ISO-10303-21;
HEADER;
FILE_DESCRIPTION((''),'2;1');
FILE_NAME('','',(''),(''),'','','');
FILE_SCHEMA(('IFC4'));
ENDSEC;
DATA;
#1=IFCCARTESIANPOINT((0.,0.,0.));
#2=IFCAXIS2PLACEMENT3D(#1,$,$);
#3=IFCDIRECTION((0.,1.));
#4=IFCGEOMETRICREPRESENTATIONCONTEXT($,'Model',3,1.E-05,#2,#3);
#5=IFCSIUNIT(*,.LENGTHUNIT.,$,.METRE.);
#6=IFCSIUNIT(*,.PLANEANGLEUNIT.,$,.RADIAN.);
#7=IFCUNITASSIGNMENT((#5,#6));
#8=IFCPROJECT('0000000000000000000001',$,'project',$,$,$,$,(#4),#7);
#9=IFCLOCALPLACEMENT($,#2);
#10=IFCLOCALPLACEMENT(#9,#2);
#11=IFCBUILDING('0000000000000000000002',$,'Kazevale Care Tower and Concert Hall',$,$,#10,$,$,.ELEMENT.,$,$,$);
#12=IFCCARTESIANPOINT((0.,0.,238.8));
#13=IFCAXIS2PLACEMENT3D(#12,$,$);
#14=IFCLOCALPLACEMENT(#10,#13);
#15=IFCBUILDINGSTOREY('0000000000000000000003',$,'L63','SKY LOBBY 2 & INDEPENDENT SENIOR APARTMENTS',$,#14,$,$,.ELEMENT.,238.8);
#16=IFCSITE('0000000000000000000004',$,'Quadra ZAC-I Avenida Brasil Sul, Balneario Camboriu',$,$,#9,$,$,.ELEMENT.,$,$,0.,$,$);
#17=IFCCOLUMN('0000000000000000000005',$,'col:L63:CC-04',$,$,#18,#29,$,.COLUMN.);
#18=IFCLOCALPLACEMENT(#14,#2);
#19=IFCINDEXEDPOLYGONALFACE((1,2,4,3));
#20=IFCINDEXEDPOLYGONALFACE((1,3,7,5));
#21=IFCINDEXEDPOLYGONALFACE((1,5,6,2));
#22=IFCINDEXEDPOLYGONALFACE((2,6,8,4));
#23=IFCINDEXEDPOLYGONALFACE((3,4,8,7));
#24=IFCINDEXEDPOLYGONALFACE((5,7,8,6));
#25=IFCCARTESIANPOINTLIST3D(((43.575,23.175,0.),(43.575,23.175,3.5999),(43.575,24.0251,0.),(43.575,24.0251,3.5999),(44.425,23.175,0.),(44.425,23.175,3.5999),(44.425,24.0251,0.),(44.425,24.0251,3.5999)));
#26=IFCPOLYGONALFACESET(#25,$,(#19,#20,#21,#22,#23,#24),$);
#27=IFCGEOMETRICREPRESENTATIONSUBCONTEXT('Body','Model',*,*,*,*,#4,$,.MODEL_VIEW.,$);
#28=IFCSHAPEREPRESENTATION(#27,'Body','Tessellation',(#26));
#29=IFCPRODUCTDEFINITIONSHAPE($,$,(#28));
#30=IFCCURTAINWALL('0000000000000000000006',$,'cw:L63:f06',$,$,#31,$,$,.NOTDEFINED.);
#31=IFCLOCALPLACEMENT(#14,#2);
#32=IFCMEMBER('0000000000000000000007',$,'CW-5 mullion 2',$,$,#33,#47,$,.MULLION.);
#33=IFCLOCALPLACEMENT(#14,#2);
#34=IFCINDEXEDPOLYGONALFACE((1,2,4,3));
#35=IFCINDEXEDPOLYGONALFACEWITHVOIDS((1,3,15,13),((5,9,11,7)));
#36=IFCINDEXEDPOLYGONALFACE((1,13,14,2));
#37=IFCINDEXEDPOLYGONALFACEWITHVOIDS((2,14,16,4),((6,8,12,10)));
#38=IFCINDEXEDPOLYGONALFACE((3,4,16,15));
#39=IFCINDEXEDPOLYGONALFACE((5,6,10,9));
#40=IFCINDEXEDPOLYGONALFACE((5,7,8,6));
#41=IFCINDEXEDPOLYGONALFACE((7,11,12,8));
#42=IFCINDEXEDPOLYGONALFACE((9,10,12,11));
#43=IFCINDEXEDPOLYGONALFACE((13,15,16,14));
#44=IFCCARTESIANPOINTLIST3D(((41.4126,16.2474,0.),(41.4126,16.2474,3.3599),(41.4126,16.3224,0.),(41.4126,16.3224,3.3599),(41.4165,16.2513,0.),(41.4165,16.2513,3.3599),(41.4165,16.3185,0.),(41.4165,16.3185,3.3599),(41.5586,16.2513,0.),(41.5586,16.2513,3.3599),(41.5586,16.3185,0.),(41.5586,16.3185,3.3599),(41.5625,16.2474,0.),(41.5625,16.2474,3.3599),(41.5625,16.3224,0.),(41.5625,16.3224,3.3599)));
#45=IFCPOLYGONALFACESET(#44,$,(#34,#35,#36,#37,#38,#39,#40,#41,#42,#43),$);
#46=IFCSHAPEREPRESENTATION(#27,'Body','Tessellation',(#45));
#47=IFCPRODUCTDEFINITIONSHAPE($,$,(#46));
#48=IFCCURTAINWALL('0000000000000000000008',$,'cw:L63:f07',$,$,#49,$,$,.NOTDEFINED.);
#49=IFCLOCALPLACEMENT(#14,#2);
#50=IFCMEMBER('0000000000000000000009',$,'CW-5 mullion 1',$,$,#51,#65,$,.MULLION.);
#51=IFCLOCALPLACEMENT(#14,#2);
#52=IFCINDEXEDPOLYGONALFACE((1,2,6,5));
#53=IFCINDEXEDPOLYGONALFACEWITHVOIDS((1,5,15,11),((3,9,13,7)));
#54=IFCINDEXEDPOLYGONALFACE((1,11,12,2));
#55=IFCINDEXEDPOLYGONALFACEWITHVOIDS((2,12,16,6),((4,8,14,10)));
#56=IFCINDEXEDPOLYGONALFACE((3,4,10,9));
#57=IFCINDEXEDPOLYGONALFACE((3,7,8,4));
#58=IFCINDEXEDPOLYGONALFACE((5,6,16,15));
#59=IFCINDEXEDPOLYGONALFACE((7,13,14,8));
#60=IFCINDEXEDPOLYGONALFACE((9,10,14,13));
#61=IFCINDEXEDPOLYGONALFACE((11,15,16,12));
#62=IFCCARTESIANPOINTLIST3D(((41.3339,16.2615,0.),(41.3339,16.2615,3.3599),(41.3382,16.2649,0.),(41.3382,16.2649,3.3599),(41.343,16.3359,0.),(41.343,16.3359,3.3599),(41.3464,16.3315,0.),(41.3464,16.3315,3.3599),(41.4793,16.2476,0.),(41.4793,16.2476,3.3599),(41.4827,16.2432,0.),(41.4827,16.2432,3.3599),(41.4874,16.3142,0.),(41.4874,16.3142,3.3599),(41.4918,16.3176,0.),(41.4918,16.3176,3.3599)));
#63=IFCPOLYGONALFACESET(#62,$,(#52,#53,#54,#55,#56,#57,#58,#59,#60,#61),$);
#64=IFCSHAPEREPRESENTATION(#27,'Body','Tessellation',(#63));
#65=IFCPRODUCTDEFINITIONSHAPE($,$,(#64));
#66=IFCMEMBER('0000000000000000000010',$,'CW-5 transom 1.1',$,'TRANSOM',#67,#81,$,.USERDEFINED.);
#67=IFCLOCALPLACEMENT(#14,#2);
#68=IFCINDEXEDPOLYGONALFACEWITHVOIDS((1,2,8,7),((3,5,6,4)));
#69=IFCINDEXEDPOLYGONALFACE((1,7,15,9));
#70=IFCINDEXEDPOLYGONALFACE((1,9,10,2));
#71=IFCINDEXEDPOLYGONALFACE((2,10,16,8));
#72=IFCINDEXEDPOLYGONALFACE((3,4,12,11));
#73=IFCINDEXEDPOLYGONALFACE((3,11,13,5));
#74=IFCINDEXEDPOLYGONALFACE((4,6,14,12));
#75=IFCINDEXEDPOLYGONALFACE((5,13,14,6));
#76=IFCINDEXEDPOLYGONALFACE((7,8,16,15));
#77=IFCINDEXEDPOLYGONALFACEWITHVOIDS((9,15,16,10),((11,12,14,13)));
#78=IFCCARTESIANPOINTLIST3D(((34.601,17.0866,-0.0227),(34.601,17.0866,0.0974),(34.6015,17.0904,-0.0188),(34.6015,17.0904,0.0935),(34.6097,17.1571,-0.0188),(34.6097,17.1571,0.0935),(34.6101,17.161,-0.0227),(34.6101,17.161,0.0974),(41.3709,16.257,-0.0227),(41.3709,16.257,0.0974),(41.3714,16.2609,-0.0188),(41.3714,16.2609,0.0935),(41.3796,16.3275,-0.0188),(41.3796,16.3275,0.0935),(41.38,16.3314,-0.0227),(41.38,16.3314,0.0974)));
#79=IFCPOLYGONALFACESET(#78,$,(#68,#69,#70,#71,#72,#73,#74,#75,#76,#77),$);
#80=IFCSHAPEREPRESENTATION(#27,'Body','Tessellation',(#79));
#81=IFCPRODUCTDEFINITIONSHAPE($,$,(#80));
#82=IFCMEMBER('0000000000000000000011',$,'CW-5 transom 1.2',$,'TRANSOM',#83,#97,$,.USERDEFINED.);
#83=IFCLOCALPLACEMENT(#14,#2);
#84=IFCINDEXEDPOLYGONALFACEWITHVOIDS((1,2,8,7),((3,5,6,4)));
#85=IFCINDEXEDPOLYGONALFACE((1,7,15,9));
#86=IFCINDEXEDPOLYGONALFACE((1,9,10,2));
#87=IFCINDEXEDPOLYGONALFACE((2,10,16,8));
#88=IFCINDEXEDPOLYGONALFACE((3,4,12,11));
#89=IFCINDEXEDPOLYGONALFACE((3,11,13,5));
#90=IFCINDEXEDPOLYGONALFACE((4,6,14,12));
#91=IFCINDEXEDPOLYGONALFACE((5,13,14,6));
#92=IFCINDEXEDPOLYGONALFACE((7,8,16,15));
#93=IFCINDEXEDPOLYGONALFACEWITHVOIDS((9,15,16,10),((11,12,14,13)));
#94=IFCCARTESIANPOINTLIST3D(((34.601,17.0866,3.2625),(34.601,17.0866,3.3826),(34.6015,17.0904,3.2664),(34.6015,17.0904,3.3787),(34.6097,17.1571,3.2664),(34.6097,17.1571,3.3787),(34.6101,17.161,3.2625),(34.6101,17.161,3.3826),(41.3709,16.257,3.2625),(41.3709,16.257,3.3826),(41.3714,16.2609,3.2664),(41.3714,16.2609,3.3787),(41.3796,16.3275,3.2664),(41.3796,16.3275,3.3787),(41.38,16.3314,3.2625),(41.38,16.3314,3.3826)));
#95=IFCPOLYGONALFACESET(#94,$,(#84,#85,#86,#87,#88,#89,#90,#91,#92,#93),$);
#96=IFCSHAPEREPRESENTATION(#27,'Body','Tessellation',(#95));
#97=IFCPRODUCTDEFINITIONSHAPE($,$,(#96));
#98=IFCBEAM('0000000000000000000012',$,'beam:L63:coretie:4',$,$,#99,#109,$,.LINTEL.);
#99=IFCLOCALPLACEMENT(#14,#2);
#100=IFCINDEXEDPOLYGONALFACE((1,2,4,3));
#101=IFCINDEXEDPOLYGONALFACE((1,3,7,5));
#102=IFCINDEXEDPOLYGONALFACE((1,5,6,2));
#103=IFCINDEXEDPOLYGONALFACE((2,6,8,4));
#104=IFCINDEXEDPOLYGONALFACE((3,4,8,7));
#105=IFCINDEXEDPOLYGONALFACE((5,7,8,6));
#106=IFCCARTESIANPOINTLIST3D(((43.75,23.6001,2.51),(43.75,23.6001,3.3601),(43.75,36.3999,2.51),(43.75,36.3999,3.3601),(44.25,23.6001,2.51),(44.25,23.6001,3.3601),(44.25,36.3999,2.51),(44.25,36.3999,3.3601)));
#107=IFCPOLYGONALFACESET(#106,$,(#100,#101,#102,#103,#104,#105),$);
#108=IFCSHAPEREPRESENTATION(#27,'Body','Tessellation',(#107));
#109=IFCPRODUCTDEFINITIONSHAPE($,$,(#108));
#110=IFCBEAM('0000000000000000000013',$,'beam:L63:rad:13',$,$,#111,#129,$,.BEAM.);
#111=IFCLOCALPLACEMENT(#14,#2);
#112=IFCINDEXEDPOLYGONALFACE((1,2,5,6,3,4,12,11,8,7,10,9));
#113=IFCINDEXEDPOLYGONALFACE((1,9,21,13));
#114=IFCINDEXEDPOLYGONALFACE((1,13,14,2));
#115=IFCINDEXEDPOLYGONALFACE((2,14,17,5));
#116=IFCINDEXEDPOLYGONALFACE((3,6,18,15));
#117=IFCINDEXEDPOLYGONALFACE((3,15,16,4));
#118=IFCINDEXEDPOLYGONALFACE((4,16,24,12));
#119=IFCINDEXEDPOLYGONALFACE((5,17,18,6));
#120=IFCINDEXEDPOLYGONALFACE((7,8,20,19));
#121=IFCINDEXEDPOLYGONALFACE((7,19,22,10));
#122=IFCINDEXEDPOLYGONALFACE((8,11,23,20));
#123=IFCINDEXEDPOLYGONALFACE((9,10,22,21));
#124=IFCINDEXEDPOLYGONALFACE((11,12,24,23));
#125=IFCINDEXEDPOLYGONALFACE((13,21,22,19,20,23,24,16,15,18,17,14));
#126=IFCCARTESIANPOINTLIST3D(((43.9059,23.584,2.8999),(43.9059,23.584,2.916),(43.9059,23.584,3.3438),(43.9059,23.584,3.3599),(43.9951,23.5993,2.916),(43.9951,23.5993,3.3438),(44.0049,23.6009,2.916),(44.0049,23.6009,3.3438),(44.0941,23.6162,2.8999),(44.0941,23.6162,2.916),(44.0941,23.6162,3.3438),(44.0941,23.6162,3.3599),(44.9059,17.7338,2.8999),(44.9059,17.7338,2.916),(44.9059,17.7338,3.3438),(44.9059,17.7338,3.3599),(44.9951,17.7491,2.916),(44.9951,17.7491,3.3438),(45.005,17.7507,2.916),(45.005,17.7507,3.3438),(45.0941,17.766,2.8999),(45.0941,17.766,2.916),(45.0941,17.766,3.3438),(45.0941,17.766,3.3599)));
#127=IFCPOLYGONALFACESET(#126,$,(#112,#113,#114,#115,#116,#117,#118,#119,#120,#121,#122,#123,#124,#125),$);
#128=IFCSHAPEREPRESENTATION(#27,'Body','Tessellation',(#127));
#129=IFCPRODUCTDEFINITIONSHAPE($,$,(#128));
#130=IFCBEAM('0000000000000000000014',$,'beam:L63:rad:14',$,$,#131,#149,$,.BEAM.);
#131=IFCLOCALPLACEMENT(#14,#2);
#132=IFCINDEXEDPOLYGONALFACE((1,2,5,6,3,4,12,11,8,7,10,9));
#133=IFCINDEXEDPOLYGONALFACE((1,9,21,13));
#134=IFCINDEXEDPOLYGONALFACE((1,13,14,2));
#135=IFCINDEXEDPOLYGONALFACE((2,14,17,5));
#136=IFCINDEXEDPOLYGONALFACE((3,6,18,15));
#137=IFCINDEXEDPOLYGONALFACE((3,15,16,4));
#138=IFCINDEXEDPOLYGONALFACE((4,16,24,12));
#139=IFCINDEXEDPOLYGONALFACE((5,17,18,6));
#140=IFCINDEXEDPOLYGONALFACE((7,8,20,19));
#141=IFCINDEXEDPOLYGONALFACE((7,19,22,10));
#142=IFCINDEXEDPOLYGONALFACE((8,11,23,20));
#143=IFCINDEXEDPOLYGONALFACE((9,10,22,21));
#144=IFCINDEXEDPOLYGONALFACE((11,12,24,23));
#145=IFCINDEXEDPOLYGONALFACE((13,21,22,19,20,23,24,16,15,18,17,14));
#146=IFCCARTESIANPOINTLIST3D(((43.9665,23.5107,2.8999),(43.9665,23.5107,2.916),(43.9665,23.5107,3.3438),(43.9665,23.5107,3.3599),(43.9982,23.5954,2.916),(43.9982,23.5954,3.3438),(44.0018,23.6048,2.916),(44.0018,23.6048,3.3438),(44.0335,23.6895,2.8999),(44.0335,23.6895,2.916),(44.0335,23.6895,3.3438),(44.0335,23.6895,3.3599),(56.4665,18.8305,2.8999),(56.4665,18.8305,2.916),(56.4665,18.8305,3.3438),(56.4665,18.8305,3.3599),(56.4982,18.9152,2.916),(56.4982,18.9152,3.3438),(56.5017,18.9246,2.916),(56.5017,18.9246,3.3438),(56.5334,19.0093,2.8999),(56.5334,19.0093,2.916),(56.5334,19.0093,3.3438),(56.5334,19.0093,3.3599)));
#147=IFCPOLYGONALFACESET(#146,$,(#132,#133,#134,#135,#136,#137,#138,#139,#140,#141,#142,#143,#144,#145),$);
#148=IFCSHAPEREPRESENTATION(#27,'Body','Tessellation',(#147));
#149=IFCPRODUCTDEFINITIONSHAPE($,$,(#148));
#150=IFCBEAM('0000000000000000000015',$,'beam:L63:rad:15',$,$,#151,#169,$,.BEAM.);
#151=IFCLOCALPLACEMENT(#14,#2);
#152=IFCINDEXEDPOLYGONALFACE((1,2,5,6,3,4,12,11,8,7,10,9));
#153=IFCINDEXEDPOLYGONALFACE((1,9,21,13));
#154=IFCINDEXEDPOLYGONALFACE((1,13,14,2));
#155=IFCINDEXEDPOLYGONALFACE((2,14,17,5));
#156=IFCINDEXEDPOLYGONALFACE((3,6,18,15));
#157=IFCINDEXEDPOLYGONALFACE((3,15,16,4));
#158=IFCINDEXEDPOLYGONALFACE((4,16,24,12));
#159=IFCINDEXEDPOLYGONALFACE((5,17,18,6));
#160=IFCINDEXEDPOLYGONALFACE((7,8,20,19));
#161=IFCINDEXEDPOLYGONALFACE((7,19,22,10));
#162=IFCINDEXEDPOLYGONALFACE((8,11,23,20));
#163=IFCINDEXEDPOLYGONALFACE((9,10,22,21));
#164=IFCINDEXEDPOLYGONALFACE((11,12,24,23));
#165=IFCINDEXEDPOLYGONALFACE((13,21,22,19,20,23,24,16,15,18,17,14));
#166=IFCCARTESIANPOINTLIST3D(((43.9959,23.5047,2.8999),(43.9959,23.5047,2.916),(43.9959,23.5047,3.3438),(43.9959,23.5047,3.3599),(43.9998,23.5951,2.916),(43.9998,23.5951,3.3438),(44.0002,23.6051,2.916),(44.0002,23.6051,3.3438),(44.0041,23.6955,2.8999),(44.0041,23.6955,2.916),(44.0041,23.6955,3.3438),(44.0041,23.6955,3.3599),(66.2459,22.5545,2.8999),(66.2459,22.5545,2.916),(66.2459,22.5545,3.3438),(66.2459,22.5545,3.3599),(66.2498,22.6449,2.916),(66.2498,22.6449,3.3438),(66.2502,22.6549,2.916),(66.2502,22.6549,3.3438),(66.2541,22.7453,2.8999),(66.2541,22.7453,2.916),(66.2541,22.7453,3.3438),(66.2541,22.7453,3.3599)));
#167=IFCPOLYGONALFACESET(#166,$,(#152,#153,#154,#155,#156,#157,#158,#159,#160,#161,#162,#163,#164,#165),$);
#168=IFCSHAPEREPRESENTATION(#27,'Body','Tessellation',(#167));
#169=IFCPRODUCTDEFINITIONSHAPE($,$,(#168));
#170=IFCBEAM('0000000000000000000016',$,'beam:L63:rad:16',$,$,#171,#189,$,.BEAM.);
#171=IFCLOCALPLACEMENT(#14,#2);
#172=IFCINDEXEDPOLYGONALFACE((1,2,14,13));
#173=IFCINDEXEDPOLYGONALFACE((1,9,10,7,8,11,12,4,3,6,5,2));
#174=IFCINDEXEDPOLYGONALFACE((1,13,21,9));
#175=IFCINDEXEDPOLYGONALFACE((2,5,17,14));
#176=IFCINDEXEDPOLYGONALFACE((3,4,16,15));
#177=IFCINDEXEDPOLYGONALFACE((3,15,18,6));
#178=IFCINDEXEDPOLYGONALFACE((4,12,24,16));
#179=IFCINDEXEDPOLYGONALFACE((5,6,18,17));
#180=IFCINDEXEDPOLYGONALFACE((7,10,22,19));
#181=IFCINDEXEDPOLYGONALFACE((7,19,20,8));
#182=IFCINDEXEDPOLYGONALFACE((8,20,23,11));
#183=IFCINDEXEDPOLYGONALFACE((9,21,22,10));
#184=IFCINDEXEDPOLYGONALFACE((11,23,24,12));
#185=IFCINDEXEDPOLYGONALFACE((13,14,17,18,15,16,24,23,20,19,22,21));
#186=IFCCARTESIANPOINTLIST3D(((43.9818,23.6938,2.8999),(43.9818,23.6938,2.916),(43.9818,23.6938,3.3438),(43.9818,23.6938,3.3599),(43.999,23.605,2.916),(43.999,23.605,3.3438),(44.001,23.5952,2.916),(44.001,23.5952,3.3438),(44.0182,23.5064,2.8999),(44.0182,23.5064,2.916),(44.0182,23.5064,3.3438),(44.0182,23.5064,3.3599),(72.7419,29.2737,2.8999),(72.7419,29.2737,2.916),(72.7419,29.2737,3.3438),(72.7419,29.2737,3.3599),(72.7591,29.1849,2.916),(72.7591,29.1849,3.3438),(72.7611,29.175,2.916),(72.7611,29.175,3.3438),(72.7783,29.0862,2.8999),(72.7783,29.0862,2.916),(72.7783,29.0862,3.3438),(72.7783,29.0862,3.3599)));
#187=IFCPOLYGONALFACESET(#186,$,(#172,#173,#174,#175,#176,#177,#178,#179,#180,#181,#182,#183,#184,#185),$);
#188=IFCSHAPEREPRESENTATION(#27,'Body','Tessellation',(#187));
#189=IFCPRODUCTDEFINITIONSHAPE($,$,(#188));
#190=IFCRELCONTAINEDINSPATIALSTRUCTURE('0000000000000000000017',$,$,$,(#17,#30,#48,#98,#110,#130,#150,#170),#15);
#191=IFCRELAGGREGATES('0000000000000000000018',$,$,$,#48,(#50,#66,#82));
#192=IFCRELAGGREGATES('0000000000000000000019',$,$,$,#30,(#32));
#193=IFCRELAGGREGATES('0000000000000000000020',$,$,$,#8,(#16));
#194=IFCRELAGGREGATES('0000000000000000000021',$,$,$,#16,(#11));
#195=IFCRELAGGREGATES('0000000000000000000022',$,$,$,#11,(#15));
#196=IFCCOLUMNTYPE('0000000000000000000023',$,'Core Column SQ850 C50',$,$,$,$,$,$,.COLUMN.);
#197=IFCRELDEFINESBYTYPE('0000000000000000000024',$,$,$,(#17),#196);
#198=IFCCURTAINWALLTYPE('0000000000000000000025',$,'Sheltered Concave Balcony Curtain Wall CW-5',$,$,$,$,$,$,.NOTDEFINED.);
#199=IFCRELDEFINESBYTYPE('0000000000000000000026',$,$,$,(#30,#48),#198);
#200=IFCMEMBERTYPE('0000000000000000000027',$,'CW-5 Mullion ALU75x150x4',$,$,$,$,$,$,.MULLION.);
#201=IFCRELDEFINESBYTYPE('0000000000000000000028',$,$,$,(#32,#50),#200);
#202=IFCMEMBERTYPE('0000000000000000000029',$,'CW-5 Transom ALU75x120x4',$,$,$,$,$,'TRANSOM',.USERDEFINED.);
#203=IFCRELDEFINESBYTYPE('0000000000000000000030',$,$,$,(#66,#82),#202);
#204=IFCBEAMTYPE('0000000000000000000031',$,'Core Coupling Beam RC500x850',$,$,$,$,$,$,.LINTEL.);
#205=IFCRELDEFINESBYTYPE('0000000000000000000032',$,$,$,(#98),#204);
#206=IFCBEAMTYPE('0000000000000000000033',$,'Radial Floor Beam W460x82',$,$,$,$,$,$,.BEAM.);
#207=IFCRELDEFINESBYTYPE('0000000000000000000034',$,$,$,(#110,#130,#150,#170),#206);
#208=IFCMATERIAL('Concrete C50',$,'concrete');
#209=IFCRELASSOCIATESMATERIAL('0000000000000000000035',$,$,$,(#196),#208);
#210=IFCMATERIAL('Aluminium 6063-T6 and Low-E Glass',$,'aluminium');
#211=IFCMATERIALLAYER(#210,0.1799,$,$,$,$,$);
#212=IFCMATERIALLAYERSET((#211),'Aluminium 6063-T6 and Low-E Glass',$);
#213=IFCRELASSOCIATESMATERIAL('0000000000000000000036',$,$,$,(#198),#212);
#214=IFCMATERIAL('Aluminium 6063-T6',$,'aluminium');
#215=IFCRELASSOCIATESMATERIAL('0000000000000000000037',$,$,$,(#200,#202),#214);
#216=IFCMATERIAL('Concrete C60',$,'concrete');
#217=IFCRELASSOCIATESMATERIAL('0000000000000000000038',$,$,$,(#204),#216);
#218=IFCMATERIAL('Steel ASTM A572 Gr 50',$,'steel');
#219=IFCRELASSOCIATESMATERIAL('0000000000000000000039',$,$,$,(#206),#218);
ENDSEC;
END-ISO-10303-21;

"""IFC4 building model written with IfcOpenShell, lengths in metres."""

from ifc_helpers import new_model, si_unit, direction, frame, origin, origin_2d, place, context, subcontext, project, spatial, rectangle, hollow_rectangle, i_section, extrude, material, layer, layer_set, material_profile, profile_set, type_object, element, aggregate, save


model = new_model("IFC4")

# Units and contexts
model_context = context("Model", 3, precision=1e-05, world=origin(), true_north=direction((0.0, 1.0)))
body_context = subcontext(model_context, "Body", "Model", "MODEL_VIEW")
ifc_project = project(units=[si_unit("LENGTHUNIT", "METRE"), si_unit("PLANEANGLEUNIT", "RADIAN")], contexts=[model_context])

# Site, building, storey
site_placement = place(None, origin())
site = spatial("IfcSite", under=ifc_project, at=site_placement, Name="Quadra ZAC-I Avenida Brasil Sul, Balneario Camboriu", CompositionType="ELEMENT", RefElevation=0.0)
building_placement = place(site_placement, origin())
building = spatial("IfcBuilding", under=site, at=building_placement, Name="Kazevale Care Tower and Concert Hall", CompositionType="ELEMENT")
storey_placement = place(building_placement, frame((0.0, 0.0, 238.8)))
storey = spatial("IfcBuildingStorey", under=building, at=storey_placement, Name="L63", Description="SKY LOBBY 2 & INDEPENDENT SENIOR APARTMENTS", CompositionType="ELEMENT", Elevation=238.8)

# Column
ifc_material_1 = material(Name="Concrete C50", Category="concrete")
ifc_material_profile_1 = material_profile(ifc_material_1, rectangle(XDim=0.8501, YDim=0.8501, at=origin_2d()), Name="RC-SQ850")
ifc_profile_set_1 = profile_set([ifc_material_profile_1], Name="Concrete C50")
column_type = type_object("IfcColumnType", Name="Core Column SQ850 C50", PredefinedType="COLUMN", material=ifc_profile_set_1)
column_placement = place(storey_placement, frame((44.0, 23.6001, 0.0), z_axis=(0.0, 0.0, 1.0), x_axis=(1.0, 0.0, 0.0)))
element("IfcColumn", 1, at=column_placement, inside=storey, type_object=column_type, Name="col:L63:CC-04", PredefinedType="COLUMN", context=body_context, shape_type="SweptSolid", body=[
    extrude(rectangle(XDim=0.8501, YDim=0.8501, at=origin_2d()), origin(), (0.0, 0.0, 1.0), 3.5999),
])

# Curtain wall, member
ifc_material_2 = material(Name="Aluminium 6063-T6 and Low-E Glass", Category="aluminium")
ifc_layer_1 = layer(ifc_material_2, 0.1799)
ifc_layer_set_1 = layer_set([ifc_layer_1], Name="Aluminium 6063-T6 and Low-E Glass")
curtain_wall_type = type_object("IfcCurtainWallType", Name="Sheltered Concave Balcony Curtain Wall CW-5", PredefinedType="NOTDEFINED", material=ifc_layer_set_1)
curtain_wall_1_placement = place(storey_placement, origin())
curtain_wall_1 = element("IfcCurtainWall", 2, at=curtain_wall_1_placement, inside=storey, type_object=curtain_wall_type, Name="cw:L63:f06", PredefinedType="NOTDEFINED")
ifc_material_3 = material(Name="Aluminium 6063-T6", Category="aluminium")
ifc_material_profile_2 = material_profile(ifc_material_3, hollow_rectangle(XDim=0.075, YDim=0.1499, WallThickness=0.0039, at=origin_2d()), Name="ALU75x150x4")
ifc_profile_set_2 = profile_set([ifc_material_profile_2], Name="Aluminium 6063-T6")
member_type_1 = type_object("IfcMemberType", Name="CW-5 Mullion ALU75x150x4", PredefinedType="MULLION", material=ifc_profile_set_2)
member_1_placement = place(storey_placement, frame((41.4875, 16.2849, 0.0), z_axis=(0.0, 0.0, 1.0), x_axis=(0.0, -1.0, 0.0)))
member_1 = element("IfcMember", 3, at=member_1_placement, type_object=member_type_1, Name="CW-5 mullion 2", PredefinedType="MULLION", context=body_context, shape_type="SweptSolid", body=[
    extrude(hollow_rectangle(XDim=0.075, YDim=0.1499, WallThickness=0.0039, at=origin_2d()), origin(), (0.0, 0.0, 1.0), 3.3599),
])

# Curtain wall, members
curtain_wall_2_placement = place(storey_placement, origin())
curtain_wall_2 = element("IfcCurtainWall", 4, at=curtain_wall_2_placement, inside=storey, type_object=curtain_wall_type, Name="cw:L63:f07", PredefinedType="NOTDEFINED")
member_2_placement = place(storey_placement, frame((41.4128, 16.2896, 0.0), z_axis=(0.0, 0.0, 1.0), x_axis=(-0.121651, -0.992573, 0.0)))
member_2 = element("IfcMember", 5, at=member_2_placement, type_object=member_type_1, Name="CW-5 mullion 1", PredefinedType="MULLION", context=body_context, shape_type="SweptSolid", body=[
    extrude(hollow_rectangle(XDim=0.075, YDim=0.1499, WallThickness=0.0039, at=origin_2d()), origin(), (0.0, 0.0, 1.0), 3.3599),
])
ifc_material_profile_3 = material_profile(ifc_material_3, hollow_rectangle(XDim=0.075, YDim=0.1201, WallThickness=0.0039, at=origin_2d()), Name="ALU75x120x4")
ifc_profile_set_3 = profile_set([ifc_material_profile_3], Name="Aluminium 6063-T6")
member_type_2 = type_object("IfcMemberType", Name="CW-5 Transom ALU75x120x4", ElementType="TRANSOM", PredefinedType="USERDEFINED", material=ifc_profile_set_3)
member_3_placement = place(storey_placement, frame((41.3755, 16.2942, 0.0374), z_axis=(-0.992576, 0.121629, 0.0), x_axis=(-0.121629, -0.992576, 0.0)))
member_3 = element("IfcMember", 6, at=member_3_placement, type_object=member_type_2, Name="CW-5 transom 1.1", ObjectType="TRANSOM", PredefinedType="USERDEFINED", context=body_context, shape_type="SweptSolid", body=[
    extrude(hollow_rectangle(XDim=0.075, YDim=0.1201, WallThickness=0.0039, at=origin_2d()), origin(), (0.0, 0.0, 1.0), 6.8206),
])
member_4_placement = place(storey_placement, frame((41.3755, 16.2942, 3.3225), z_axis=(-0.992576, 0.121629, 0.0), x_axis=(-0.121629, -0.992576, 0.0)))
member_4 = element("IfcMember", 7, at=member_4_placement, type_object=member_type_2, Name="CW-5 transom 1.2", ObjectType="TRANSOM", PredefinedType="USERDEFINED", context=body_context, shape_type="SweptSolid", body=[
    extrude(hollow_rectangle(XDim=0.075, YDim=0.1201, WallThickness=0.0039, at=origin_2d()), origin(), (0.0, 0.0, 1.0), 6.8206),
])
aggregate(curtain_wall_2, [member_2, member_3, member_4])

# Beams
ifc_material_4 = material(Name="Concrete C60", Category="concrete")
ifc_material_profile_4 = material_profile(ifc_material_4, rectangle(XDim=0.5, YDim=0.8501, at=origin_2d()), Name="RC-B500x850")
ifc_profile_set_4 = profile_set([ifc_material_profile_4], Name="Concrete C60")
beam_type_1 = type_object("IfcBeamType", Name="Core Coupling Beam RC500x850", PredefinedType="LINTEL", material=ifc_profile_set_4)
beam_1_placement = place(storey_placement, frame((44.0, 23.6001, 2.9351), z_axis=(0.0, 1.0, 0.0), x_axis=(-1.0, 0.0, 0.0)))
element("IfcBeam", 8, at=beam_1_placement, inside=storey, type_object=beam_type_1, Name="beam:L63:coretie:4", PredefinedType="LINTEL", context=body_context, shape_type="SweptSolid", body=[
    extrude(rectangle(XDim=0.5, YDim=0.8501, at=origin_2d()), origin(), (0.0, 0.0, 1.0), 12.7998),
])
ifc_material_5 = material(Name="Steel ASTM A572 Gr 50", Category="steel")
ifc_material_profile_5 = material_profile(ifc_material_5, i_section(OverallWidth=0.1909, OverallDepth=0.46, WebThickness=0.01, FlangeThickness=0.0161, at=origin_2d()), Name="W460x82")
ifc_profile_set_5 = profile_set([ifc_material_profile_5], Name="Steel ASTM A572 Gr 50")
beam_type_2 = type_object("IfcBeamType", Name="Radial Floor Beam W460x82", PredefinedType="BEAM", material=ifc_profile_set_5)
beam_2_placement = place(storey_placement, frame((44.0, 23.6001, 3.1299), z_axis=(0.168493, -0.985703, 0.0), x_axis=(0.985703, 0.168493, 0.0)))
element("IfcBeam", 9, at=beam_2_placement, inside=storey, type_object=beam_type_2, Name="beam:L63:rad:13", PredefinedType="BEAM", context=body_context, shape_type="SweptSolid", body=[
    extrude(i_section(OverallWidth=0.1909, OverallDepth=0.46, WebThickness=0.01, FlangeThickness=0.0161, at=origin_2d()), origin(), (0.0, 0.0, 1.0), 5.9351),
])
beam_3_placement = place(storey_placement, frame((44.0, 23.6001, 3.1299), z_axis=(0.936509, -0.350642, 0.0), x_axis=(0.350642, 0.936509, 0.0)))
element("IfcBeam", 10, at=beam_3_placement, inside=storey, type_object=beam_type_2, Name="beam:L63:rad:14", PredefinedType="BEAM", context=body_context, shape_type="SweptSolid", body=[
    extrude(i_section(OverallWidth=0.1909, OverallDepth=0.46, WebThickness=0.01, FlangeThickness=0.0161, at=origin_2d()), origin(), (0.0, 0.0, 1.0), 13.3474),
])
beam_4_placement = place(storey_placement, frame((44.0, 23.6001, 3.1299), z_axis=(0.999089, -0.042667, 0.0), x_axis=(0.042667, 0.999089, 0.0)))
element("IfcBeam", 11, at=beam_4_placement, inside=storey, type_object=beam_type_2, Name="beam:L63:rad:15", PredefinedType="BEAM", context=body_context, shape_type="SweptSolid", body=[
    extrude(i_section(OverallWidth=0.1909, OverallDepth=0.46, WebThickness=0.01, FlangeThickness=0.0161, at=origin_2d()), origin(), (0.0, 0.0, 1.0), 22.2703),
])
beam_5_placement = place(storey_placement, frame((44.0, 23.6001, 3.1299), z_axis=(0.981695, 0.190462, 0.0), x_axis=(-0.190462, 0.981695, 0.0)))
element("IfcBeam", 12, at=beam_5_placement, inside=storey, type_object=beam_type_2, Name="beam:L63:rad:16", PredefinedType="BEAM", context=body_context, shape_type="SweptSolid", body=[
    extrude(i_section(OverallWidth=0.1909, OverallDepth=0.46, WebThickness=0.01, FlangeThickness=0.0161, at=origin_2d()), origin(), (0.0, 0.0, 1.0), 29.2964),
])

aggregate(curtain_wall_1, [member_1])

save(model, "model.ifc")
